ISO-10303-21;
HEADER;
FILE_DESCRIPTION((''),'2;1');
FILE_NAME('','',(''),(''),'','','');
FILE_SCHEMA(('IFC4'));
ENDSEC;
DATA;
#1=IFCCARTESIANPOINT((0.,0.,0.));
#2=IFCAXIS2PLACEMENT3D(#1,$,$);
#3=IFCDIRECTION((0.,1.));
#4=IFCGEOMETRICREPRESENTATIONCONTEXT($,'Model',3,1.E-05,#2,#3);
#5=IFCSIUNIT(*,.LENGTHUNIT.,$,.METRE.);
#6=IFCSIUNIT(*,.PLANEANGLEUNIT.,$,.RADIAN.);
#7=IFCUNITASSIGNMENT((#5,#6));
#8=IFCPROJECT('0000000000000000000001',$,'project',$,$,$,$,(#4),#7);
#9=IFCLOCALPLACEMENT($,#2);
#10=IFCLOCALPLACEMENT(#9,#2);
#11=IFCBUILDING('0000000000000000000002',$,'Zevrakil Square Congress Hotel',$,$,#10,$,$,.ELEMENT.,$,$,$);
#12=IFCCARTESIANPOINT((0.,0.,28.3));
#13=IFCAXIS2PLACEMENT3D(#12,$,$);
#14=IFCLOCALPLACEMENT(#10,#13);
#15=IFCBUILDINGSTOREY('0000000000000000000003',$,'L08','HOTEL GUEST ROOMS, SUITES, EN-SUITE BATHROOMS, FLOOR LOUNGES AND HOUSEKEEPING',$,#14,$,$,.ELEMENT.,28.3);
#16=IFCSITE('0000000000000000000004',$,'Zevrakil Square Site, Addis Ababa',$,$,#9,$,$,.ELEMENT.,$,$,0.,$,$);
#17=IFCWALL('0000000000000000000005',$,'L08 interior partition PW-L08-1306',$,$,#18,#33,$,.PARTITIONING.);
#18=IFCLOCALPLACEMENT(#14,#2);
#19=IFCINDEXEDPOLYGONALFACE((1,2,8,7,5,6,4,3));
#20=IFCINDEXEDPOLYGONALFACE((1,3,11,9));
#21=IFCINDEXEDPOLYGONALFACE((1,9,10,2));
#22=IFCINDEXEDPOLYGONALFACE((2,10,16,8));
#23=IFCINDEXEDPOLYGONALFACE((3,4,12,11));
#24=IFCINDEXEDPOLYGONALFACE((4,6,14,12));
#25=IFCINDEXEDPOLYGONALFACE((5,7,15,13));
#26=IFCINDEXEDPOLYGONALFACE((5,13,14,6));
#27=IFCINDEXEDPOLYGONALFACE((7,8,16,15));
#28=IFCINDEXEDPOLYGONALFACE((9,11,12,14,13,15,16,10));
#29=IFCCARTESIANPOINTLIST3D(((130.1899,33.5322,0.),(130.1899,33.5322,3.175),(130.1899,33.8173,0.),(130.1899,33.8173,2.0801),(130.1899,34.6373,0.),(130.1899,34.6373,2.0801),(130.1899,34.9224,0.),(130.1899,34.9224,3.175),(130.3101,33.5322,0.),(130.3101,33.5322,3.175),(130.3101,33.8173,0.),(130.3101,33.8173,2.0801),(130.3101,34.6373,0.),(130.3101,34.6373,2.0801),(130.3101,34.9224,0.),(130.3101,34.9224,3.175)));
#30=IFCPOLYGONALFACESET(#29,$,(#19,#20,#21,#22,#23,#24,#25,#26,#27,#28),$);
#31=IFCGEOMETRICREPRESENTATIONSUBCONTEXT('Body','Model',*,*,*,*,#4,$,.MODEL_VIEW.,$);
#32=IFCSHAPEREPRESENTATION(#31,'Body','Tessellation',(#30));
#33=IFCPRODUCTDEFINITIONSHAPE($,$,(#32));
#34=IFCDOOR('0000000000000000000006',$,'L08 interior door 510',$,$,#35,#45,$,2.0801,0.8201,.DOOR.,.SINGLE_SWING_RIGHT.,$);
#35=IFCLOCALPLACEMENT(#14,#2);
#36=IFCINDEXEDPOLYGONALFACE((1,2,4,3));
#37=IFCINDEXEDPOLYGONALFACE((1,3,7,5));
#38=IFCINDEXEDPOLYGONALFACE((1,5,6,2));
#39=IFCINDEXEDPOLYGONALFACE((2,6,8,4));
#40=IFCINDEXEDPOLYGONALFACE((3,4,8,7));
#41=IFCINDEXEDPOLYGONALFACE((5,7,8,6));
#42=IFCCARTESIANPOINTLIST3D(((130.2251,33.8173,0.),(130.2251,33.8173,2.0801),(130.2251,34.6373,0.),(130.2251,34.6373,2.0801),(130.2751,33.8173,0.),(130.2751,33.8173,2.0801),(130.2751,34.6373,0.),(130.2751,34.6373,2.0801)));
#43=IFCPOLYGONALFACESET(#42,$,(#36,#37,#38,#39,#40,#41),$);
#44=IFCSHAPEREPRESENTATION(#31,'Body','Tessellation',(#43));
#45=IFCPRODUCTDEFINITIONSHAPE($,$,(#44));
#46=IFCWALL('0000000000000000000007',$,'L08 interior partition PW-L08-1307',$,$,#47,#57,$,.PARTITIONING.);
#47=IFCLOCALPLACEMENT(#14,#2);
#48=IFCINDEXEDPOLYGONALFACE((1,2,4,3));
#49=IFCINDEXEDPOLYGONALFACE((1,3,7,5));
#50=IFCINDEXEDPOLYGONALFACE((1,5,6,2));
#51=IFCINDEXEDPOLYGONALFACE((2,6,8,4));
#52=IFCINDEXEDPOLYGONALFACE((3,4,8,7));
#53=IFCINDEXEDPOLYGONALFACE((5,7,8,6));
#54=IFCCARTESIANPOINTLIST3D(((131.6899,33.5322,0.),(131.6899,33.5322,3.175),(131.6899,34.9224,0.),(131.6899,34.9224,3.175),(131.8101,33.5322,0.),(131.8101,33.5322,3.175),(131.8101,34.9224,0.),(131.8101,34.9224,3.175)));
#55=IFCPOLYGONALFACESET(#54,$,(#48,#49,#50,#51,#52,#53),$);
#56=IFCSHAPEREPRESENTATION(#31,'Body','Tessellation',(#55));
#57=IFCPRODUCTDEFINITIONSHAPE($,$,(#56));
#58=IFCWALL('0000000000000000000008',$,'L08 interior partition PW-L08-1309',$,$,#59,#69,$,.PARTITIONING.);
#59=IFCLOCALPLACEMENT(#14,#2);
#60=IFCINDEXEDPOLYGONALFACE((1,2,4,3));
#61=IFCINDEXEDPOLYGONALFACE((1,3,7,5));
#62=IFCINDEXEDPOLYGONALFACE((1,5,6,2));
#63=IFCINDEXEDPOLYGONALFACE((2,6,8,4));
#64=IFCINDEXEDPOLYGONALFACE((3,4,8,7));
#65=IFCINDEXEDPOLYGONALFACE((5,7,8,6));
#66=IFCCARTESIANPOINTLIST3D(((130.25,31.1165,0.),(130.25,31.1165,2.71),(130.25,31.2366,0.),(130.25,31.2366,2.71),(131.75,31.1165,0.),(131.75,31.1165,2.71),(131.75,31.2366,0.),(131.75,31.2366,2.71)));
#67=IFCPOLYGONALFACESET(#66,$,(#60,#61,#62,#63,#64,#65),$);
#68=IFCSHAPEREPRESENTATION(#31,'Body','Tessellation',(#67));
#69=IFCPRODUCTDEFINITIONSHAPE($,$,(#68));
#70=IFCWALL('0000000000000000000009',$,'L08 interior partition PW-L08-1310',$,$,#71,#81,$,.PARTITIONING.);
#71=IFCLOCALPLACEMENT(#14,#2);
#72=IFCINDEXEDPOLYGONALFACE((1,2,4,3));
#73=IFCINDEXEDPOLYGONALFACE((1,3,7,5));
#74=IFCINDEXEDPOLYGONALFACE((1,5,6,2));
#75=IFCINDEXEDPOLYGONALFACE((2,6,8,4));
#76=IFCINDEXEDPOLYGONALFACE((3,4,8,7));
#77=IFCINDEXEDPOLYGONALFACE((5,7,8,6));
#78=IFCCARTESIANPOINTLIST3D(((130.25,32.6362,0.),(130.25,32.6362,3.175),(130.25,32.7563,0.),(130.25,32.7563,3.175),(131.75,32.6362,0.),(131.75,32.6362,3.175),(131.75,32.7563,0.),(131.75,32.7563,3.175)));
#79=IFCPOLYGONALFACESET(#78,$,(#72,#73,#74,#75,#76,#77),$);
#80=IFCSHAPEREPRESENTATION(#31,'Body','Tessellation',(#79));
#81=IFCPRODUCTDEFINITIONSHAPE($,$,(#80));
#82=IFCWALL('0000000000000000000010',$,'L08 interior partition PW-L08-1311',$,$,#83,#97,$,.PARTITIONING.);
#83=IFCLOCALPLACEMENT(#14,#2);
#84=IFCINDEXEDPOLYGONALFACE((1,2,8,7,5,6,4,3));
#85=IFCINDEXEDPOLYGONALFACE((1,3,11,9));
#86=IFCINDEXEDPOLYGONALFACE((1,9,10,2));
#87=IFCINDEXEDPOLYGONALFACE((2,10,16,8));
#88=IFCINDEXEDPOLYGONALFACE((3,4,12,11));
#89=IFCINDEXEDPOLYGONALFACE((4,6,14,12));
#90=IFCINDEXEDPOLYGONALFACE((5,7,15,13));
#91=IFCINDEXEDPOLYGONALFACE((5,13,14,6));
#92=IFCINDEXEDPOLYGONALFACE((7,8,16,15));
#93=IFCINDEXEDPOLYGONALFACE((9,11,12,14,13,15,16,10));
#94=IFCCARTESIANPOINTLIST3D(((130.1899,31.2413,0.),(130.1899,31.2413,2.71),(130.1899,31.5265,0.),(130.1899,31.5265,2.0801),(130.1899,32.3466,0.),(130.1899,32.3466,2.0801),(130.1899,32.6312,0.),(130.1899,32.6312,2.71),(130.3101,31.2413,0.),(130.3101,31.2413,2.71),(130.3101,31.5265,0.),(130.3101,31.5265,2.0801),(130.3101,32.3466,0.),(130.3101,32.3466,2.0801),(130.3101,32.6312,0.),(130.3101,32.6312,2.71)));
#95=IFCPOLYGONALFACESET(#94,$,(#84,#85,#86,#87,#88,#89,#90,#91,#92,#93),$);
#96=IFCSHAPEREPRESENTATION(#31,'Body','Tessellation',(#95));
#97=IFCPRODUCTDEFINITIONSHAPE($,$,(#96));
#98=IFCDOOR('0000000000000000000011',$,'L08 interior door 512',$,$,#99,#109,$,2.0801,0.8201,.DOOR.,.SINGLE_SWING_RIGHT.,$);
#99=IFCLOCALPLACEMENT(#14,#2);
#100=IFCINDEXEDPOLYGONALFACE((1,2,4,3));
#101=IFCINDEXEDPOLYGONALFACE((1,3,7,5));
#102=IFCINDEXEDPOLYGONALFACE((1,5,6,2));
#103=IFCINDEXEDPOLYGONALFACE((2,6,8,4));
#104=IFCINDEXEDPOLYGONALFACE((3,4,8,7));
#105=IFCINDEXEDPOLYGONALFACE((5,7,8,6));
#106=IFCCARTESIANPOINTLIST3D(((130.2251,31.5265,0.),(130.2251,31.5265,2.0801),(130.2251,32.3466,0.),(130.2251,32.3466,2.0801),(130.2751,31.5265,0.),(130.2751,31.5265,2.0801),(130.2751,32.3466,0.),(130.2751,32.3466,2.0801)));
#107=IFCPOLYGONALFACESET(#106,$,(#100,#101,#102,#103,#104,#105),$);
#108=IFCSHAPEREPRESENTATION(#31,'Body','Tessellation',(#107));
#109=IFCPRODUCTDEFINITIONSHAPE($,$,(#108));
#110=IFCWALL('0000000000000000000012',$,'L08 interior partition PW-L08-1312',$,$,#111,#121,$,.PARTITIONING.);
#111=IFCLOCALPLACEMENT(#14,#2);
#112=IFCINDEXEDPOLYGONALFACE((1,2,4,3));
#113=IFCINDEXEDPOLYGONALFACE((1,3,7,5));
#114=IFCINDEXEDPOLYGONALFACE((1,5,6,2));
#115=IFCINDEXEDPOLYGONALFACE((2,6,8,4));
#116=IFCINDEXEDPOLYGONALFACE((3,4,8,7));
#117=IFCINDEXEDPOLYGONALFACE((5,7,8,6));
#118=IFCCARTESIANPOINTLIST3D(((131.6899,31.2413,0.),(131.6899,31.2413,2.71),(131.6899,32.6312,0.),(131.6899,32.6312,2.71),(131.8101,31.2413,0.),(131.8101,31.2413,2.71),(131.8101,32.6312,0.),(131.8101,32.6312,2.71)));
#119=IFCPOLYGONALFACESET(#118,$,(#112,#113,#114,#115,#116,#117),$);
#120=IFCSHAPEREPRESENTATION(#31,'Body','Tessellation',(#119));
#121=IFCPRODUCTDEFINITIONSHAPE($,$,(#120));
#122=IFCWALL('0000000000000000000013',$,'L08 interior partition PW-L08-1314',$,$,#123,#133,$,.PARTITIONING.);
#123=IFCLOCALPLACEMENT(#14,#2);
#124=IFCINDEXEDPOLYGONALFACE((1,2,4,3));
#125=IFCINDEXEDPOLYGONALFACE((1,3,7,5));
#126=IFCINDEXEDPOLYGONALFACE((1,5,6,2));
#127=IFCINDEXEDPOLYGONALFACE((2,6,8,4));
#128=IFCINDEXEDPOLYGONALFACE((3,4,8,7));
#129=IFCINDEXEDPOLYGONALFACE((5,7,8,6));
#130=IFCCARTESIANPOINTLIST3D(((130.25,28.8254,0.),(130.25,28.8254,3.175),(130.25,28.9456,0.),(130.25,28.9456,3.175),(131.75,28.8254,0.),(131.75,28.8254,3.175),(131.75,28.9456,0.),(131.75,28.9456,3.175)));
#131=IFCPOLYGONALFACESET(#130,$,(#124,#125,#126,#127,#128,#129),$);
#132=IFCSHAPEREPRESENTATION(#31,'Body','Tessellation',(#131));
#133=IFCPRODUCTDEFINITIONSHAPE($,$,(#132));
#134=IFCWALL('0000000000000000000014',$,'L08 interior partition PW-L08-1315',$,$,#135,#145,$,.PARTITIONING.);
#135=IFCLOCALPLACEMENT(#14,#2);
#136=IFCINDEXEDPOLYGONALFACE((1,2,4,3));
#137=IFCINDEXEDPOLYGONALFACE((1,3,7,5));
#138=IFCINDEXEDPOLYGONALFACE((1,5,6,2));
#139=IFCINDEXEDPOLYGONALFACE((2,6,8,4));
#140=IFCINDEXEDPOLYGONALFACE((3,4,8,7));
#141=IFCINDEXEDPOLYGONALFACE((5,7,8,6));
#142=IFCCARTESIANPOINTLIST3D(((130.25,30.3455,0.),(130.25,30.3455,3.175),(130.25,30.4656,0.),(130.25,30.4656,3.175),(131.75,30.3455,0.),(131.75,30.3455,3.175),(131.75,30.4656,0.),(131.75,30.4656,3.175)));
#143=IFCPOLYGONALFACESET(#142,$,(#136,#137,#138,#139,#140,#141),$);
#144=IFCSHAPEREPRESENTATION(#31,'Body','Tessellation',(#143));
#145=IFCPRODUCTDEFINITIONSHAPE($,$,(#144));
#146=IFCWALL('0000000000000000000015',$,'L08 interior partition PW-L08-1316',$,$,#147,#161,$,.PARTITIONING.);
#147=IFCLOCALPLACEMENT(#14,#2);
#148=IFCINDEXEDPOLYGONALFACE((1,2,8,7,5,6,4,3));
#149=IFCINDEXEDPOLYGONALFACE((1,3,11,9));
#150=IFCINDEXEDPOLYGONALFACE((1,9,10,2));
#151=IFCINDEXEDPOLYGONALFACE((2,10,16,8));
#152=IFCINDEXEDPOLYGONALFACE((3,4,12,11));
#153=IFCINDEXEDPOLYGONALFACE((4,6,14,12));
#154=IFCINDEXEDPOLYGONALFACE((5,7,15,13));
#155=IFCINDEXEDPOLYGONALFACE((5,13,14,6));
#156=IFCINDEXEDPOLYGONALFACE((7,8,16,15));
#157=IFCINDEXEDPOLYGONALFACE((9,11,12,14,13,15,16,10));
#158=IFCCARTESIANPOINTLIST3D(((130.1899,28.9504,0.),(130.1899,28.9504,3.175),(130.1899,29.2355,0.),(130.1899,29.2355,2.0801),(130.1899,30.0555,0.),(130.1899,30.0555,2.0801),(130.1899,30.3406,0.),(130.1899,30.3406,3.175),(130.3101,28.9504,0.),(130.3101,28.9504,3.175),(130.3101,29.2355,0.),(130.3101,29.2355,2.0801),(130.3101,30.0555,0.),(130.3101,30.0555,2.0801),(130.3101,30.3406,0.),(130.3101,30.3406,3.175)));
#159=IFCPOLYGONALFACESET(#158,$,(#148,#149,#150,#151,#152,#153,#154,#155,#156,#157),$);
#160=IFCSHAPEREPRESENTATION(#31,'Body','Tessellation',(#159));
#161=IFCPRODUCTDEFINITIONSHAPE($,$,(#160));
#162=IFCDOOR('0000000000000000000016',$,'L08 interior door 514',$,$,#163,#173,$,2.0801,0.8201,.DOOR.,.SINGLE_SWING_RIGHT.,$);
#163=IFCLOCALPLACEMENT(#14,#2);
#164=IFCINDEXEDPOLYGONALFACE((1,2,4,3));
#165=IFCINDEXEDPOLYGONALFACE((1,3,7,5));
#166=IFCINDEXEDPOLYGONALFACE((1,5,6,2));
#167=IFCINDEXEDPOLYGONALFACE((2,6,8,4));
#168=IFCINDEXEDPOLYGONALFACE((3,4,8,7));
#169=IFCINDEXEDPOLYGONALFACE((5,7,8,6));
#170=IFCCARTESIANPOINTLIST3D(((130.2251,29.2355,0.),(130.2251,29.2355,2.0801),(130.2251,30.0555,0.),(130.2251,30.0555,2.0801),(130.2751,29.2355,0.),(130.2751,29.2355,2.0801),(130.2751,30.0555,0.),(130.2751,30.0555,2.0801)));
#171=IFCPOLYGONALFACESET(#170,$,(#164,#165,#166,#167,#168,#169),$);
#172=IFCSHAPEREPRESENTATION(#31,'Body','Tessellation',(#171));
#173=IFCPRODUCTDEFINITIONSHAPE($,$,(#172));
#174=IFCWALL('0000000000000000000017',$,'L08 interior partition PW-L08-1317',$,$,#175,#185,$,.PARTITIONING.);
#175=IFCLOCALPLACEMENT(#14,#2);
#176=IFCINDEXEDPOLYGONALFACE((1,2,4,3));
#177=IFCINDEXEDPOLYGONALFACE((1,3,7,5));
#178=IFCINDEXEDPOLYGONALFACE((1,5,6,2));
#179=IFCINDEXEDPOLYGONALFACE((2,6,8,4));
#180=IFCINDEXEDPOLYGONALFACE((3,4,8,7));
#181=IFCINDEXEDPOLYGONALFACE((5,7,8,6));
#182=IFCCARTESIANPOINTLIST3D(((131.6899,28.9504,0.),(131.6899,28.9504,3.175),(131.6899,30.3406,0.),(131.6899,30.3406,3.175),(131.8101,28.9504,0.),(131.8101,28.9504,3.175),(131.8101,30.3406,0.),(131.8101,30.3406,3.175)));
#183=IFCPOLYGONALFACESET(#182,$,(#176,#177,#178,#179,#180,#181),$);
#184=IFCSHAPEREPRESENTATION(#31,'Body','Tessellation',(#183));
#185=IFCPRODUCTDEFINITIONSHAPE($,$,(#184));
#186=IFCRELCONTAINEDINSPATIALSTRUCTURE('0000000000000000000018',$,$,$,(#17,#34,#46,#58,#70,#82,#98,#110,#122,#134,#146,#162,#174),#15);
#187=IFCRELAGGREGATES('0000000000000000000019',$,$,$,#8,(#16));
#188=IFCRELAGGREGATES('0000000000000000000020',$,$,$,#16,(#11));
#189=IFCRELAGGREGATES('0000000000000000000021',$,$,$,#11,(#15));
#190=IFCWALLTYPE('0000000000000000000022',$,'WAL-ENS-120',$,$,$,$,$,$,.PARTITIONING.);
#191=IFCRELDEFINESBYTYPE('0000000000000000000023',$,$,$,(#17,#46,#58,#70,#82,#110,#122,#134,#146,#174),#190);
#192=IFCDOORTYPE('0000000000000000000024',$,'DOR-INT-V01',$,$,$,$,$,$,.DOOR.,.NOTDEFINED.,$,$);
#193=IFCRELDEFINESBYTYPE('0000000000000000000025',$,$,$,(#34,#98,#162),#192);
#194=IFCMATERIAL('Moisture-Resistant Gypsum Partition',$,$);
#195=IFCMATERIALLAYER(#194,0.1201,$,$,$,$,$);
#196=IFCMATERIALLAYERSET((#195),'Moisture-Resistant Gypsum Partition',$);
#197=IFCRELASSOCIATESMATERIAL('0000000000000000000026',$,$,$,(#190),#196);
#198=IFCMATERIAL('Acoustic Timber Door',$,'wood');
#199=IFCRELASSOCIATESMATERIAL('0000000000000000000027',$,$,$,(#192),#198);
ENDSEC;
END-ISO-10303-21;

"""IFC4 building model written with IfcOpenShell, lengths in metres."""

from ifc_helpers import new_model, si_unit, direction, frame, frame_2d, origin, place, context, subcontext, project, spatial, rectangle, extrude, material, layer, layer_set, type_object, element, fill, save


model = new_model("IFC4")

# Units and contexts
model_context = context("Model", 3, precision=1e-05, world=origin(), true_north=direction((0.0, 1.0)))
body_context = subcontext(model_context, "Body", "Model", "MODEL_VIEW")
ifc_project = project(units=[si_unit("LENGTHUNIT", "METRE"), si_unit("PLANEANGLEUNIT", "RADIAN")], contexts=[model_context])

# Site, building, storey
site_placement = place(None, origin())
site = spatial("IfcSite", under=ifc_project, at=site_placement, Name="Zevrakil Square Site, Addis Ababa", CompositionType="ELEMENT", RefElevation=0.0)
building_placement = place(site_placement, origin())
building = spatial("IfcBuilding", under=site, at=building_placement, Name="Zevrakil Square Congress Hotel", CompositionType="ELEMENT")
storey_placement = place(building_placement, frame((0.0, 0.0, 28.3)))
storey = spatial("IfcBuildingStorey", under=building, at=storey_placement, Name="L08", Description="HOTEL GUEST ROOMS, SUITES, EN-SUITE BATHROOMS, FLOOR LOUNGES AND HOUSEKEEPING", CompositionType="ELEMENT", Elevation=28.3)

# Shared definitions
ifc_material_1 = material(Name="Moisture-Resistant Gypsum Partition")
ifc_layer = layer(ifc_material_1, 0.1201)
ifc_layer_set = layer_set([ifc_layer], Name="Moisture-Resistant Gypsum Partition")
wall_type = type_object("IfcWallType", Name="WAL-ENS-120", PredefinedType="PARTITIONING", material=ifc_layer_set)

# Shared definitions
ifc_material_2 = material(Name="Acoustic Timber Door", Category="wood")
door_type = type_object("IfcDoorType", Name="DOR-INT-V01", OperationType="NOTDEFINED", PredefinedType="DOOR", material=ifc_material_2)

# Wall, opening, door
wall_1_placement = place(storey_placement, frame((130.25, 33.5322, 0.0), z_axis=(0.0, 0.0, 1.0), x_axis=(0.0, 1.0, 0.0)))
wall_1 = element("IfcWall", 1, at=wall_1_placement, inside=storey, type_object=wall_type, Name="L08 interior partition PW-L08-1306", PredefinedType="PARTITIONING", context=body_context, shape_type="SweptSolid", body=[
    extrude(rectangle(XDim=1.3901, YDim=0.1201, at=frame_2d((0.6951, 0.0))), origin(), (0.0, 0.0, 1.0), 3.175),
])
opening_1_placement = place(wall_1_placement, frame((0.2849, 0.0, 0.0)))
opening_1 = element("IfcOpeningElement", 2, at=opening_1_placement, cuts=wall_1, PredefinedType="OPENING", context=body_context, shape_type="SweptSolid", body=[
    extrude(rectangle(XDim=0.8201, YDim=2.0801, at=frame_2d((0.4102, 1.04))), frame((0.0, 0.0701, 0.0), z_axis=(0.0, -1.0, 0.0), x_axis=(1.0, 0.0, 0.0)), (0.0, 0.0, 1.0), 0.1401),
])
door_1_placement = place(opening_1_placement, origin())
door_1 = element("IfcDoor", 3, at=door_1_placement, inside=storey, type_object=door_type, Name="L08 interior door 510", OperationType="SINGLE_SWING_RIGHT", OverallHeight=2.0801, OverallWidth=0.8201, PredefinedType="DOOR", context=body_context, shape_type="SweptSolid", body=[
    extrude(rectangle(XDim=0.8201, YDim=2.0801, at=frame_2d((0.4102, 1.04))), frame((0.0, 0.0249, 0.0), z_axis=(0.0, -1.0, 0.0), x_axis=(1.0, 0.0, 0.0)), (0.0, 0.0, 1.0), 0.05),
])
fill(opening_1, door_1)

# Walls
wall_2_placement = place(storey_placement, frame((131.75, 33.5322, 0.0), z_axis=(0.0, 0.0, 1.0), x_axis=(0.0, 1.0, 0.0)))
element("IfcWall", 4, at=wall_2_placement, inside=storey, type_object=wall_type, Name="L08 interior partition PW-L08-1307", PredefinedType="PARTITIONING", context=body_context, shape_type="SweptSolid", body=[
    extrude(rectangle(XDim=1.3901, YDim=0.1201, at=frame_2d((0.6951, 0.0))), origin(), (0.0, 0.0, 1.0), 3.175),
])
wall_3_placement = place(storey_placement, frame((130.25, 31.1765, 0.0), z_axis=(0.0, 0.0, 1.0), x_axis=(1.0, 0.0, 0.0)))
element("IfcWall", 5, at=wall_3_placement, inside=storey, type_object=wall_type, Name="L08 interior partition PW-L08-1309", PredefinedType="PARTITIONING", context=body_context, shape_type="SweptSolid", body=[
    extrude(rectangle(XDim=1.5, YDim=0.1201, at=frame_2d((0.75, 0.0))), origin(), (0.0, 0.0, 1.0), 2.71),
])
wall_4_placement = place(storey_placement, frame((130.25, 32.6963, 0.0), z_axis=(0.0, 0.0, 1.0), x_axis=(1.0, 0.0, 0.0)))
element("IfcWall", 6, at=wall_4_placement, inside=storey, type_object=wall_type, Name="L08 interior partition PW-L08-1310", PredefinedType="PARTITIONING", context=body_context, shape_type="SweptSolid", body=[
    extrude(rectangle(XDim=1.5, YDim=0.1201, at=frame_2d((0.75, 0.0))), origin(), (0.0, 0.0, 1.0), 3.175),
])

# Wall, opening, door
wall_5_placement = place(storey_placement, frame((130.25, 31.2415, 0.0), z_axis=(0.0, 0.0, 1.0), x_axis=(0.0, 1.0, 0.0)))
wall_5 = element("IfcWall", 7, at=wall_5_placement, inside=storey, type_object=wall_type, Name="L08 interior partition PW-L08-1311", PredefinedType="PARTITIONING", context=body_context, shape_type="SweptSolid", body=[
    extrude(rectangle(XDim=1.3899, YDim=0.1201, at=frame_2d((0.6948, 0.0))), origin(), (0.0, 0.0, 1.0), 2.71),
])
opening_2_placement = place(wall_5_placement, frame((0.2849, 0.0, 0.0)))
opening_2 = element("IfcOpeningElement", 8, at=opening_2_placement, cuts=wall_5, PredefinedType="OPENING", context=body_context, shape_type="SweptSolid", body=[
    extrude(rectangle(XDim=0.8201, YDim=2.0801, at=frame_2d((0.4102, 1.04))), frame((0.0, 0.0701, 0.0), z_axis=(0.0, -1.0, 0.0), x_axis=(1.0, 0.0, 0.0)), (0.0, 0.0, 1.0), 0.1401),
])
door_2_placement = place(opening_2_placement, origin())
door_2 = element("IfcDoor", 9, at=door_2_placement, inside=storey, type_object=door_type, Name="L08 interior door 512", OperationType="SINGLE_SWING_RIGHT", OverallHeight=2.0801, OverallWidth=0.8201, PredefinedType="DOOR", context=body_context, shape_type="SweptSolid", body=[
    extrude(rectangle(XDim=0.8201, YDim=2.0801, at=frame_2d((0.4102, 1.04))), frame((0.0, 0.0249, 0.0), z_axis=(0.0, -1.0, 0.0), x_axis=(1.0, 0.0, 0.0)), (0.0, 0.0, 1.0), 0.05),
])
fill(opening_2, door_2)

# Walls
wall_6_placement = place(storey_placement, frame((131.75, 31.2415, 0.0), z_axis=(0.0, 0.0, 1.0), x_axis=(0.0, 1.0, 0.0)))
element("IfcWall", 10, at=wall_6_placement, inside=storey, type_object=wall_type, Name="L08 interior partition PW-L08-1312", PredefinedType="PARTITIONING", context=body_context, shape_type="SweptSolid", body=[
    extrude(rectangle(XDim=1.3899, YDim=0.1201, at=frame_2d((0.6948, 0.0))), origin(), (0.0, 0.0, 1.0), 2.71),
])
for number, where, z_axis, x_axis, name in (
    (11, (130.25, 28.8855, 0.0), (0.0, 0.0, 1.0), (1.0, 0.0, 0.0), "L08 interior partition PW-L08-1314"),
    (12, (130.25, 30.4055, 0.0), (0.0, 0.0, 1.0), (1.0, 0.0, 0.0), "L08 interior partition PW-L08-1315"),
):
    element("IfcWall", number, at=place(storey_placement, frame(where, z_axis=z_axis, x_axis=x_axis)), inside=storey, type_object=wall_type, Name=name, PredefinedType="PARTITIONING", context=body_context, shape_type="SweptSolid", body=[
        extrude(rectangle(XDim=1.5, YDim=0.1201, at=frame_2d((0.75, 0.0))), origin(), (0.0, 0.0, 1.0), 3.175),
    ])

# Wall, opening, door
wall_7_placement = place(storey_placement, frame((130.25, 28.9504, 0.0), z_axis=(0.0, 0.0, 1.0), x_axis=(0.0, 1.0, 0.0)))
wall_7 = element("IfcWall", 13, at=wall_7_placement, inside=storey, type_object=wall_type, Name="L08 interior partition PW-L08-1316", PredefinedType="PARTITIONING", context=body_context, shape_type="SweptSolid", body=[
    extrude(rectangle(XDim=1.3901, YDim=0.1201, at=frame_2d((0.6951, 0.0))), origin(), (0.0, 0.0, 1.0), 3.175),
])
opening_3_placement = place(wall_7_placement, frame((0.2849, 0.0, 0.0)))
opening_3 = element("IfcOpeningElement", 14, at=opening_3_placement, cuts=wall_7, PredefinedType="OPENING", context=body_context, shape_type="SweptSolid", body=[
    extrude(rectangle(XDim=0.8201, YDim=2.0801, at=frame_2d((0.4102, 1.04))), frame((0.0, 0.0701, 0.0), z_axis=(0.0, -1.0, 0.0), x_axis=(1.0, 0.0, 0.0)), (0.0, 0.0, 1.0), 0.1401),
])
door_3_placement = place(opening_3_placement, origin())
door_3 = element("IfcDoor", 15, at=door_3_placement, inside=storey, type_object=door_type, Name="L08 interior door 514", OperationType="SINGLE_SWING_RIGHT", OverallHeight=2.0801, OverallWidth=0.8201, PredefinedType="DOOR", context=body_context, shape_type="SweptSolid", body=[
    extrude(rectangle(XDim=0.8201, YDim=2.0801, at=frame_2d((0.4102, 1.04))), frame((0.0, 0.0249, 0.0), z_axis=(0.0, -1.0, 0.0), x_axis=(1.0, 0.0, 0.0)), (0.0, 0.0, 1.0), 0.05),
])
fill(opening_3, door_3)

# Wall
wall_8_placement = place(storey_placement, frame((131.75, 28.9504, 0.0), z_axis=(0.0, 0.0, 1.0), x_axis=(0.0, 1.0, 0.0)))
element("IfcWall", 16, at=wall_8_placement, inside=storey, type_object=wall_type, Name="L08 interior partition PW-L08-1317", PredefinedType="PARTITIONING", context=body_context, shape_type="SweptSolid", body=[
    extrude(rectangle(XDim=1.3901, YDim=0.1201, at=frame_2d((0.6951, 0.0))), origin(), (0.0, 0.0, 1.0), 3.175),
])

save(model, "model.ifc")
